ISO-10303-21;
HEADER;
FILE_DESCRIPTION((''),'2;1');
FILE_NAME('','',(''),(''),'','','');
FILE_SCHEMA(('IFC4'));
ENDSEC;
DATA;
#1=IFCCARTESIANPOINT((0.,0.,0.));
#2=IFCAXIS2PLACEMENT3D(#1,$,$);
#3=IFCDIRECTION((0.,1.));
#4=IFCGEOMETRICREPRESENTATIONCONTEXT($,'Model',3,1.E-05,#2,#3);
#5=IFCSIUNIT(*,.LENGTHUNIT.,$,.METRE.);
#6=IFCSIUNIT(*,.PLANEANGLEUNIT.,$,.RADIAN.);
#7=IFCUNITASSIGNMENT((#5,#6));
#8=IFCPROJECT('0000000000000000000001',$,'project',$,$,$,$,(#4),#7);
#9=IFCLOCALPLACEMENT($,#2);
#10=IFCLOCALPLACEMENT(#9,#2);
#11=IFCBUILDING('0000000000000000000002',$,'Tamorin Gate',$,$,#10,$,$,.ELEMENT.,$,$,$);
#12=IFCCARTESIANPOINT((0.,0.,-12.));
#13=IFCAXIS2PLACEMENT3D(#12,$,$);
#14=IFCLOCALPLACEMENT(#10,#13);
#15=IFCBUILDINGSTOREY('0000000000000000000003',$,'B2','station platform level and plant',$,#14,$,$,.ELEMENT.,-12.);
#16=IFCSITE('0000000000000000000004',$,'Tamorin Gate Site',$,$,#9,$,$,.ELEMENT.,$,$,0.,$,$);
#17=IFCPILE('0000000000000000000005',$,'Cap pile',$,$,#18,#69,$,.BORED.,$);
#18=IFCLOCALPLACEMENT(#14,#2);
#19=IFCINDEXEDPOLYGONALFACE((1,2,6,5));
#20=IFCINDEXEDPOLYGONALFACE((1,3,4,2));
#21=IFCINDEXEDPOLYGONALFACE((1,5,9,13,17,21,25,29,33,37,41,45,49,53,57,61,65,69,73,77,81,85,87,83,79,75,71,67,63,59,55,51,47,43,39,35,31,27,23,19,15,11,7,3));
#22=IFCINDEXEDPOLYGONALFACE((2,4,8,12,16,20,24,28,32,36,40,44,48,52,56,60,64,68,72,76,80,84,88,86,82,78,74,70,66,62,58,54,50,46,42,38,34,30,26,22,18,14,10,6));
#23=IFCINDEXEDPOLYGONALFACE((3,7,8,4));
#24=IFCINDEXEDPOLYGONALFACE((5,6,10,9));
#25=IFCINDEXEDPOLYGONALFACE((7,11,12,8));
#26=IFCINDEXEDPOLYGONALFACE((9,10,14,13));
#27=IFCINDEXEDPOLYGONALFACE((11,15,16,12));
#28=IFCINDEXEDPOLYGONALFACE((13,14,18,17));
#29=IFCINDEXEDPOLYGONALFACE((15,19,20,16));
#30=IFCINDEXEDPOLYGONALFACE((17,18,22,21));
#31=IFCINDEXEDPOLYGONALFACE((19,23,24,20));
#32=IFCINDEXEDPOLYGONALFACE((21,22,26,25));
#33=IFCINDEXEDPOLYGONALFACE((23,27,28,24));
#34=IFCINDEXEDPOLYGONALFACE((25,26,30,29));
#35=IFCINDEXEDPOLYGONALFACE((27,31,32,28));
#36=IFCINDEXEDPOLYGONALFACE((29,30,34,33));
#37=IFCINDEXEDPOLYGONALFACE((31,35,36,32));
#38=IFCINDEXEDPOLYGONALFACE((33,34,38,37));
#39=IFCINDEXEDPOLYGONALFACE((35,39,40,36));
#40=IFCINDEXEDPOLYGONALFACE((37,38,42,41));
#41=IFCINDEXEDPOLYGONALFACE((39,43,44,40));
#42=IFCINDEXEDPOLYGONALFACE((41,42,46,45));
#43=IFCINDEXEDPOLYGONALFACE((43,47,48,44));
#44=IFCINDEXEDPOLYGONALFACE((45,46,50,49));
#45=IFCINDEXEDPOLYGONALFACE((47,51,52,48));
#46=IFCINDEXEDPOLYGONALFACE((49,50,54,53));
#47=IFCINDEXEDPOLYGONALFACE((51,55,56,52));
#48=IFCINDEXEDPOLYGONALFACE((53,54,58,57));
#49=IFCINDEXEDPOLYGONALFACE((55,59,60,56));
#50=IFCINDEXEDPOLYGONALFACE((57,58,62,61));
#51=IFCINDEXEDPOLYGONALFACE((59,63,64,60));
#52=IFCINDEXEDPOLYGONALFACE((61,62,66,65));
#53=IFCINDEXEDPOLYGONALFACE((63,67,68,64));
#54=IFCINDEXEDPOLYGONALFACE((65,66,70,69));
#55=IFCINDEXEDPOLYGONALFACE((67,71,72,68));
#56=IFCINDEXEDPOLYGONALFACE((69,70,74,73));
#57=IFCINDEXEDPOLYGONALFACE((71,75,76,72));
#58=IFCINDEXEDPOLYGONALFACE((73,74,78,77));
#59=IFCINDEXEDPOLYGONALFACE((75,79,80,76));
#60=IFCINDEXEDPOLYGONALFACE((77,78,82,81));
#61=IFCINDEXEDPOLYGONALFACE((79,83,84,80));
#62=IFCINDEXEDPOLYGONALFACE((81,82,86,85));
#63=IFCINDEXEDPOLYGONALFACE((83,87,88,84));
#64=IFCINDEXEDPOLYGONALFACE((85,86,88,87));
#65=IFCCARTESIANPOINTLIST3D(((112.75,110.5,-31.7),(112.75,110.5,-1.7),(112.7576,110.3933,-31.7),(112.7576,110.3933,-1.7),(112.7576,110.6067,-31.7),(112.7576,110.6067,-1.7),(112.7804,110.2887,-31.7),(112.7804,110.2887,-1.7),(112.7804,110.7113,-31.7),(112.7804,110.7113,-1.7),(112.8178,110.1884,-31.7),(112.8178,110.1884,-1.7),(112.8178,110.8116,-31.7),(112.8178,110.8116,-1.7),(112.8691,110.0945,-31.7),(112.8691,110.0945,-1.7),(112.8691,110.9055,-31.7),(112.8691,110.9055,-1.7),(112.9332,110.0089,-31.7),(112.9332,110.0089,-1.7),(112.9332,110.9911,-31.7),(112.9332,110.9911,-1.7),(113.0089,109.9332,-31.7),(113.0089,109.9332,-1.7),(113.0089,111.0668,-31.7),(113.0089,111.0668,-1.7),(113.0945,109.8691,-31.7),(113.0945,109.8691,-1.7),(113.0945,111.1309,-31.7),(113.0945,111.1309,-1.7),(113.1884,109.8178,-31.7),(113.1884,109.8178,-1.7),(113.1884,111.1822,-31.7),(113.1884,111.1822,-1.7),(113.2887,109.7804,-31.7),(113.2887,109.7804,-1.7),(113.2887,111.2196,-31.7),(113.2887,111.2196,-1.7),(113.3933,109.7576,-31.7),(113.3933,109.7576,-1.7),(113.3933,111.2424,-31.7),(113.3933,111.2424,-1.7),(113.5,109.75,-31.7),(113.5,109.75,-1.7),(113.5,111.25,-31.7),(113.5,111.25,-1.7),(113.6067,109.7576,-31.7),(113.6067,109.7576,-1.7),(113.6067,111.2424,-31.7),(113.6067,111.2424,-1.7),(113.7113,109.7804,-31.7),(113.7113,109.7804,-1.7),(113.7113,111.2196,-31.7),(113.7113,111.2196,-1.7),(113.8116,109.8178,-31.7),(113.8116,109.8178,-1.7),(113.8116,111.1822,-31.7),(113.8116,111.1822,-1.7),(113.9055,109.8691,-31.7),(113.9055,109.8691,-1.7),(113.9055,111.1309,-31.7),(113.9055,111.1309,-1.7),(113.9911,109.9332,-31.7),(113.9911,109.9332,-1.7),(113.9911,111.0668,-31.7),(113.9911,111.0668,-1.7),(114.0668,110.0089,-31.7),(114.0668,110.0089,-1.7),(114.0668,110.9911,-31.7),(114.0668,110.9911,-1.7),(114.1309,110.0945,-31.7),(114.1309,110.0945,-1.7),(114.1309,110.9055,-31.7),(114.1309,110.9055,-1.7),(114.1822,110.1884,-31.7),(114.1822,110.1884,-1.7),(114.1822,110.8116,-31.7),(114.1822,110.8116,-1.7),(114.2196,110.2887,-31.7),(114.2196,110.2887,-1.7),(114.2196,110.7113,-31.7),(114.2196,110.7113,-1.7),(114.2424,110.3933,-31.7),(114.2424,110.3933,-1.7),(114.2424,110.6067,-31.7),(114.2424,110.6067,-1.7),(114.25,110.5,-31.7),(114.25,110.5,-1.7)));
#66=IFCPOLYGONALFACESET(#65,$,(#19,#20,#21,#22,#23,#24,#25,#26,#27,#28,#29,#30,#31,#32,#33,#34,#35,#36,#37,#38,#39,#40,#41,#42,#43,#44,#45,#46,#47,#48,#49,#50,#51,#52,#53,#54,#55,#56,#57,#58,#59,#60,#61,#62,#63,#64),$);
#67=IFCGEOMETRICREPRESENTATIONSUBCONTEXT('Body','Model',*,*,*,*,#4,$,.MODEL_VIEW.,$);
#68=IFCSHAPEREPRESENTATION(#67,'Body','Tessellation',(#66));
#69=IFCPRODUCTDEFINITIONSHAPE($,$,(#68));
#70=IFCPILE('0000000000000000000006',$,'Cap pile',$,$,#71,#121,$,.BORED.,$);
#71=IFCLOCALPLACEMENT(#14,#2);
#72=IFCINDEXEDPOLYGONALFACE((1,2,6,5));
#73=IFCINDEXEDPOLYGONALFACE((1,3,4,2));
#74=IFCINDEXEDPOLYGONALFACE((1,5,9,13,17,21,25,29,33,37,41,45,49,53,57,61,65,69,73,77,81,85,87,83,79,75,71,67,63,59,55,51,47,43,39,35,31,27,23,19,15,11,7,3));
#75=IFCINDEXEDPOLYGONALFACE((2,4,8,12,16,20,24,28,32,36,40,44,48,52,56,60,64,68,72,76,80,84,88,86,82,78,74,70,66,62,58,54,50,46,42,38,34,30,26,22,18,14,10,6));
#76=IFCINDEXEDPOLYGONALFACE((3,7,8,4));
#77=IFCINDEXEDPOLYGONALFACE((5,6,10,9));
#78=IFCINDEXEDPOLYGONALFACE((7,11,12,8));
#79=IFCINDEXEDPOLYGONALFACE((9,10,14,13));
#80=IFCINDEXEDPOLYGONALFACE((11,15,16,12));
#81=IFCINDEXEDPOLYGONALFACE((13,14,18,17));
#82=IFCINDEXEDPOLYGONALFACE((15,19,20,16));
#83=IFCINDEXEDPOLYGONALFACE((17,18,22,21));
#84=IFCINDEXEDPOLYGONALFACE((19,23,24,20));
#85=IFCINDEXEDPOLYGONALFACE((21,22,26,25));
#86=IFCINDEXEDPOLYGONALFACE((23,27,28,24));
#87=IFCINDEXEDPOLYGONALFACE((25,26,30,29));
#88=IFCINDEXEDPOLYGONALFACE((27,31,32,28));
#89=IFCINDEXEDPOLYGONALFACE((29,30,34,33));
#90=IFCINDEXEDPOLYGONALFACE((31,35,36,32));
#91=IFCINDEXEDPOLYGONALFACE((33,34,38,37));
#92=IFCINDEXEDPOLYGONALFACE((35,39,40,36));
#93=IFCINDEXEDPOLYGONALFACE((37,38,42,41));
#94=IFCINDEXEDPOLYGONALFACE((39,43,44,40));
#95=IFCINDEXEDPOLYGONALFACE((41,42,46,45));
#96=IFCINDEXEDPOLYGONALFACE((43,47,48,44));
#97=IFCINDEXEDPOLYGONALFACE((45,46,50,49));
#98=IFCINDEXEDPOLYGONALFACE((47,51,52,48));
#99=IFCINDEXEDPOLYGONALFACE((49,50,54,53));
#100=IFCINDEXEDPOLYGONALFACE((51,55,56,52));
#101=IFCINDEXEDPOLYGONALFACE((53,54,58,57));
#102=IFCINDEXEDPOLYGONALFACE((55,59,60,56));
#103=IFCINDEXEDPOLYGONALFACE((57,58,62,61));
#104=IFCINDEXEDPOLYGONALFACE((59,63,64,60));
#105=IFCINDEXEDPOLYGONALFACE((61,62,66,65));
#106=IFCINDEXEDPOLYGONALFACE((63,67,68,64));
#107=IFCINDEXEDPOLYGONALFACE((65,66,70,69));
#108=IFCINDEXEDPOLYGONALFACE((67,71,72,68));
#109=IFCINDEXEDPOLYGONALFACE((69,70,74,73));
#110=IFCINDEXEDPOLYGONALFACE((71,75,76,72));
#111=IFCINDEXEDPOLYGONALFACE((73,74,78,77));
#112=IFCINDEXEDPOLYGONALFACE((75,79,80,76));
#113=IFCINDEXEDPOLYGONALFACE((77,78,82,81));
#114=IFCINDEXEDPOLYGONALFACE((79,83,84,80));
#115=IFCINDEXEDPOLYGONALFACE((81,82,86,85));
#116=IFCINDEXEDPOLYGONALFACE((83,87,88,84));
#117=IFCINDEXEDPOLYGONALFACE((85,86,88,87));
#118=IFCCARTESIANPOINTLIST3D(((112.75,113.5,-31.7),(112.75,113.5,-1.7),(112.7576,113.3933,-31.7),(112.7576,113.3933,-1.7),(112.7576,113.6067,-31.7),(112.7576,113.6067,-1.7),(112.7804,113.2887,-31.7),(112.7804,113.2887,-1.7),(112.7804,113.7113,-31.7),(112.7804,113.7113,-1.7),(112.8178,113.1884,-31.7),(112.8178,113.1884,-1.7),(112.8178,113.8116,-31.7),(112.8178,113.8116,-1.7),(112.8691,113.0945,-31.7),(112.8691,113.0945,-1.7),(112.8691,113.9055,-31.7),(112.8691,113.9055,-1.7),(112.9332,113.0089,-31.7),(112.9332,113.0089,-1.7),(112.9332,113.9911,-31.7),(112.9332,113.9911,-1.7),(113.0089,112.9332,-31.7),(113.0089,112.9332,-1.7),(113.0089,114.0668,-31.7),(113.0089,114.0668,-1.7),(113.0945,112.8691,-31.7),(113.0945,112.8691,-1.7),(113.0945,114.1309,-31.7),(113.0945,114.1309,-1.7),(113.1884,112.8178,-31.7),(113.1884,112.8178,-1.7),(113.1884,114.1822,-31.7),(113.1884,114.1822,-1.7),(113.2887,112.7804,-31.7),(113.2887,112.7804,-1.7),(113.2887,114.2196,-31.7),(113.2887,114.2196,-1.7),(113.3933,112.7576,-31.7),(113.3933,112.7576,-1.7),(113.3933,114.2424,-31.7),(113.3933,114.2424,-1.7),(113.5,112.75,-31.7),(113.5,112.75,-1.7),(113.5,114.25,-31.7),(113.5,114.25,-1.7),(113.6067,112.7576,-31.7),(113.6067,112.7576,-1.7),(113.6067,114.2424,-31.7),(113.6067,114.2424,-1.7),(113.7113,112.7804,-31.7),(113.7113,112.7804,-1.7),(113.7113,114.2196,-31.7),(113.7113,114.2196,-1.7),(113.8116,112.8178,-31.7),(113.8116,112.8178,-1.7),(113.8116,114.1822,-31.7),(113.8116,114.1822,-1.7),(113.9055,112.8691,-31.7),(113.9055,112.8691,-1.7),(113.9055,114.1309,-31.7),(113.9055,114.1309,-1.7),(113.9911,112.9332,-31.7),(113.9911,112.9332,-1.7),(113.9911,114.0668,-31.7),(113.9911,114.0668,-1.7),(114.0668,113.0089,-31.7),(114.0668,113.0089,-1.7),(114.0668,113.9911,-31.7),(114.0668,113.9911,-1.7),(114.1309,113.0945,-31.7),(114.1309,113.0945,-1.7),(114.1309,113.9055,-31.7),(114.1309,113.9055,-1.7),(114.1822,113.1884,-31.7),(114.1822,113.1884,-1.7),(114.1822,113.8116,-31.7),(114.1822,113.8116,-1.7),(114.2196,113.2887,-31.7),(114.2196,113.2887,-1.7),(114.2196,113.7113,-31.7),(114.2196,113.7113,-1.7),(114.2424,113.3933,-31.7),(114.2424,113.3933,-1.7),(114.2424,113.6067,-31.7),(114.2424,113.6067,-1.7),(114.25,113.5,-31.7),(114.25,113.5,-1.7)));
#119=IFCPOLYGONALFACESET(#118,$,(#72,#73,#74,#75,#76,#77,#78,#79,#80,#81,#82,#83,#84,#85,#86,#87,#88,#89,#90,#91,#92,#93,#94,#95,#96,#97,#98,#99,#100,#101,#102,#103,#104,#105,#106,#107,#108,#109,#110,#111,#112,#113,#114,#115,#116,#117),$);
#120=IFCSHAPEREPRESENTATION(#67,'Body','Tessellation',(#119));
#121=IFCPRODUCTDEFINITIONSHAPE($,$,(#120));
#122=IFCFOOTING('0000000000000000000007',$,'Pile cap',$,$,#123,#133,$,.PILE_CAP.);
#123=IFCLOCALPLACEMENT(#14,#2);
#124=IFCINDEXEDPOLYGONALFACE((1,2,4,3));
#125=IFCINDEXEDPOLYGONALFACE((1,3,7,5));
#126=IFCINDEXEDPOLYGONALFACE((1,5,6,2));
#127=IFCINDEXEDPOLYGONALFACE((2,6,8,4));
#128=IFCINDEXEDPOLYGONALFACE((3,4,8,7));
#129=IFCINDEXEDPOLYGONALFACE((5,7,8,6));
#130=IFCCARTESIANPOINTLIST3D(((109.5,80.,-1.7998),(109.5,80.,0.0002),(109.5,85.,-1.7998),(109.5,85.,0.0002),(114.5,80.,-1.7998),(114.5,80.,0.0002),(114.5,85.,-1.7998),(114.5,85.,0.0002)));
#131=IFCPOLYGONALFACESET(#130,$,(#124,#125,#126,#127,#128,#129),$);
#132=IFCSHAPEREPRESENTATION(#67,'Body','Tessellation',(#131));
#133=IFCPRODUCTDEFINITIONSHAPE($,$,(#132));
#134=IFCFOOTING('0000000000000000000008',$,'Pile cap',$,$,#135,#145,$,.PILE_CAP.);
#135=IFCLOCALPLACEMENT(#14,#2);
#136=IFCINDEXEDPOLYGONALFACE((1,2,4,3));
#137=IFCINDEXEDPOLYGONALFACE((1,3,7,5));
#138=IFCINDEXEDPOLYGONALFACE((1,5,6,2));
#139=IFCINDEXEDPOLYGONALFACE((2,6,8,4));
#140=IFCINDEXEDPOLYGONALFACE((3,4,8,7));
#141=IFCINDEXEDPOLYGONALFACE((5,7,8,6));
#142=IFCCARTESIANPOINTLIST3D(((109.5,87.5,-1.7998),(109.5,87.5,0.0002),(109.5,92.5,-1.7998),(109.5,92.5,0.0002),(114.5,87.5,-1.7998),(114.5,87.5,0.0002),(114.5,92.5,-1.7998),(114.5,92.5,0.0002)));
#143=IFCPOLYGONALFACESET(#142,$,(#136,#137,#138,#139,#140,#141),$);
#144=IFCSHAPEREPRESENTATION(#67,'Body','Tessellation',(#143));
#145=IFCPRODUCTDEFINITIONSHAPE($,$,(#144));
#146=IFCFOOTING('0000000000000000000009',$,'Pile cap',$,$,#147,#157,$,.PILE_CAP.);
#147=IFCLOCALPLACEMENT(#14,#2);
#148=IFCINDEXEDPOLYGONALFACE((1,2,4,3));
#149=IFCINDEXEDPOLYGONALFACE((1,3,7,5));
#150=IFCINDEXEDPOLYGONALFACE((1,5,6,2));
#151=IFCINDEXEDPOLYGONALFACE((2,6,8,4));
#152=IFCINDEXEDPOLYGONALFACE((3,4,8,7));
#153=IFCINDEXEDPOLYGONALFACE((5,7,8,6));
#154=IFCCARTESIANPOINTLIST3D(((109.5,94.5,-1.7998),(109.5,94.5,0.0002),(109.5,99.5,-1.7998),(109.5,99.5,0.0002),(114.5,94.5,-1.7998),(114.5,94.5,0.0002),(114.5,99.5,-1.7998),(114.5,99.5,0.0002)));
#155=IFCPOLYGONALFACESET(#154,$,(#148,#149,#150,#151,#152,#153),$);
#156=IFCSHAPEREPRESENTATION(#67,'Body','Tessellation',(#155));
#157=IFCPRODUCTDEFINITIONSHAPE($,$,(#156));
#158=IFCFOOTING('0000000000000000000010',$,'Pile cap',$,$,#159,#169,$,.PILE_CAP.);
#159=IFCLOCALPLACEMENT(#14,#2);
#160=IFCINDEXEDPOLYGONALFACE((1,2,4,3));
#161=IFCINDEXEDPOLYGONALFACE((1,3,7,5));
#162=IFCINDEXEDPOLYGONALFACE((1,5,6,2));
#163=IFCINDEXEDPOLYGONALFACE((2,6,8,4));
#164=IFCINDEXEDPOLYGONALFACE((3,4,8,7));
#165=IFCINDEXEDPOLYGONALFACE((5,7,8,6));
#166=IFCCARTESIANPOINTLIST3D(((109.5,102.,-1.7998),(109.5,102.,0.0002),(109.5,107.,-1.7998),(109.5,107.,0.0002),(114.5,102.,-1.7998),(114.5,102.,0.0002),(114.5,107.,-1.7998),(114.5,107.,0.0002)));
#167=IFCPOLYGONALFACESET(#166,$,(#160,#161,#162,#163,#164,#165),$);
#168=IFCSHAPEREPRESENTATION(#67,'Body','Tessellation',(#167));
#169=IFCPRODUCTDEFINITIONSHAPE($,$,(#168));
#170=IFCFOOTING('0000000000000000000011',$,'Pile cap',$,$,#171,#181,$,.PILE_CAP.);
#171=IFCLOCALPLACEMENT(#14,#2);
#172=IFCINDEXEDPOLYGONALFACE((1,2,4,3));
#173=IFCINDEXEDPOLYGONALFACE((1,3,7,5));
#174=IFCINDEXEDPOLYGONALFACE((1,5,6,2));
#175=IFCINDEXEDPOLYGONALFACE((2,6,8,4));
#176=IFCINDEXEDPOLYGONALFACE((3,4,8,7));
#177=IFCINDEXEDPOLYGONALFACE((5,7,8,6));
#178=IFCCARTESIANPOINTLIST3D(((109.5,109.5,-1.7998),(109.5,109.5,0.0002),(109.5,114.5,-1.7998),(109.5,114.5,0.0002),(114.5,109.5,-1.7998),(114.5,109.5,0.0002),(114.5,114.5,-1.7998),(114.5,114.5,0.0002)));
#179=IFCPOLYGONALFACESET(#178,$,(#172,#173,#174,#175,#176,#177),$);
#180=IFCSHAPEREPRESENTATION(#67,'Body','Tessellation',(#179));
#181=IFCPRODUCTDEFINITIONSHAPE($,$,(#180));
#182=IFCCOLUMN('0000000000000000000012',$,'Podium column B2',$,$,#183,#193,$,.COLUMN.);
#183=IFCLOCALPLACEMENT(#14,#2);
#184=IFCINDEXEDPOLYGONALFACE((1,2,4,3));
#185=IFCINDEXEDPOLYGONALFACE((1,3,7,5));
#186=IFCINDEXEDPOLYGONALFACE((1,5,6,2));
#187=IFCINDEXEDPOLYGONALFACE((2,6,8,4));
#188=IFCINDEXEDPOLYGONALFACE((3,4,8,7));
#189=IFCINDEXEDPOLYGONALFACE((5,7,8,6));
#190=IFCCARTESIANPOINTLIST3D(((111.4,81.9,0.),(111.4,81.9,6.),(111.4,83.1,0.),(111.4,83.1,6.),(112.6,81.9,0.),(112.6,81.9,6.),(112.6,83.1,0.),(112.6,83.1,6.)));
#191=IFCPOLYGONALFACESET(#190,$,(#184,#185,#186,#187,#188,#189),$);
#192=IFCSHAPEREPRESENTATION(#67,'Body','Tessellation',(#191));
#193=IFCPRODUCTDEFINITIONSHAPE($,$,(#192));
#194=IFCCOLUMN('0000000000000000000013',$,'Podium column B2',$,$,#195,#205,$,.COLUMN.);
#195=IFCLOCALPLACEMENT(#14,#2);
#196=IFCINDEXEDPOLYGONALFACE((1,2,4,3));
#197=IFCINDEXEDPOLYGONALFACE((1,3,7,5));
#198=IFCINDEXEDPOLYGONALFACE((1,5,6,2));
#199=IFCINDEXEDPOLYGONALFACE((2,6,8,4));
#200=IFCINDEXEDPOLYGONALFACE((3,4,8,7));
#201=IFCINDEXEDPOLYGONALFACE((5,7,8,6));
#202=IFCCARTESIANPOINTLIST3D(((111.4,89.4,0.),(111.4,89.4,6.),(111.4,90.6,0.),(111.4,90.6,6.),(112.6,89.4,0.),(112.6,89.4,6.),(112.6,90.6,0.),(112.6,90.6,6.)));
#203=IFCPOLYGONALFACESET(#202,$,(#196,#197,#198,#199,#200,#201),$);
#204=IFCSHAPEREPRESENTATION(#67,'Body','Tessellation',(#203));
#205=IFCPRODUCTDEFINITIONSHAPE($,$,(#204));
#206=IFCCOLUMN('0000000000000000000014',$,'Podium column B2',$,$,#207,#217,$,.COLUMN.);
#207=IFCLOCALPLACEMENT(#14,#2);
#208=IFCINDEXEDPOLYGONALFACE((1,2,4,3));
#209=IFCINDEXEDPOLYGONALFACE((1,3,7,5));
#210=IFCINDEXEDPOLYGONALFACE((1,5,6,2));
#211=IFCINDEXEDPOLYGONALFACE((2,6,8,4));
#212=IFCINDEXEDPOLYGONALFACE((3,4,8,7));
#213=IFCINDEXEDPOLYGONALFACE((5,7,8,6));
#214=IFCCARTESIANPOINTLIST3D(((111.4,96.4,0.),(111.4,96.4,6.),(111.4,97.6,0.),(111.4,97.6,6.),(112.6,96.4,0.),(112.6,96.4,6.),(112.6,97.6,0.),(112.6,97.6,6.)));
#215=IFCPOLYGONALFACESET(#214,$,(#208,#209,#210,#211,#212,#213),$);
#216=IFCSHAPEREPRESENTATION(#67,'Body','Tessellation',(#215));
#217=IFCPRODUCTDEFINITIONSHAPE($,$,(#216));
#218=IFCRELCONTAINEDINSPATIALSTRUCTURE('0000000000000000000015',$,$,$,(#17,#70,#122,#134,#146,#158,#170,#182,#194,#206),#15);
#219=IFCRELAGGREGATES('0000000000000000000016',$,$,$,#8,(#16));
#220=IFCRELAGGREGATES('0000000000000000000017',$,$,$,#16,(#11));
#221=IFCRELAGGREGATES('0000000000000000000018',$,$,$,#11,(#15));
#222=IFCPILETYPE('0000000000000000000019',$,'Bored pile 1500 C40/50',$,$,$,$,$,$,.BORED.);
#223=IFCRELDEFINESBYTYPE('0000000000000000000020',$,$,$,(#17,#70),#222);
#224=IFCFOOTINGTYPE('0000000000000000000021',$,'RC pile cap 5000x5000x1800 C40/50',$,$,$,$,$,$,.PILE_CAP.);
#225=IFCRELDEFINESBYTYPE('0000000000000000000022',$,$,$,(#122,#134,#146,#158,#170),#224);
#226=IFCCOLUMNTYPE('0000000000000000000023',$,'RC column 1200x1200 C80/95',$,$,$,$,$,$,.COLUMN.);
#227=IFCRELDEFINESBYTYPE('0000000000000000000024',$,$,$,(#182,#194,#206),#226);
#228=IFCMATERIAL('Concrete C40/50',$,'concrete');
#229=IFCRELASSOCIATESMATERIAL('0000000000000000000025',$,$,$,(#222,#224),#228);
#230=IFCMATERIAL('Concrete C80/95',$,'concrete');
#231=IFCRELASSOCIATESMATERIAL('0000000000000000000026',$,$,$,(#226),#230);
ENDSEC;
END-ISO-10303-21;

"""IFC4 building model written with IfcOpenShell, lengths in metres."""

from ifc_helpers import new_model, si_unit, direction, frame, origin, origin_2d, place, context, subcontext, project, spatial, rectangle, circle, extrude, material, material_profile, profile_set, type_object, element, save


model = new_model("IFC4")

# Units and contexts
model_context = context("Model", 3, precision=1e-05, world=origin(), true_north=direction((0.0, 1.0)))
body_context = subcontext(model_context, "Body", "Model", "MODEL_VIEW")
ifc_project = project(units=[si_unit("LENGTHUNIT", "METRE"), si_unit("PLANEANGLEUNIT", "RADIAN")], contexts=[model_context])

# Site, building, storey
site_placement = place(None, origin())
site = spatial("IfcSite", under=ifc_project, at=site_placement, Name="Tamorin Gate Site", CompositionType="ELEMENT", RefElevation=0.0)
building_placement = place(site_placement, origin())
building = spatial("IfcBuilding", under=site, at=building_placement, Name="Tamorin Gate", CompositionType="ELEMENT")
storey_placement = place(building_placement, frame((0.0, 0.0, -12.0)))
storey = spatial("IfcBuildingStorey", under=building, at=storey_placement, Name="B2", Description="station platform level and plant", CompositionType="ELEMENT", Elevation=-12.0)

# Piles
ifc_material_1 = material(Name="Concrete C40/50", Category="concrete")
ifc_material_profile_1 = material_profile(ifc_material_1, circle(Radius=0.75, at=origin_2d()))
ifc_profile_set_1 = profile_set([ifc_material_profile_1], Name="Concrete C40/50")
pile_type = type_object("IfcPileType", Name="Bored pile 1500 C40/50", PredefinedType="BORED", material=ifc_profile_set_1)
for number, where, z_axis, x_axis, name in (
    (1, (113.5, 110.5, -1.7), (0.0, 0.0, -1.0), (1.0, 0.0, 0.0), "Cap pile"),
    (2, (113.5, 113.5, -1.7), (0.0, 0.0, -1.0), (1.0, 0.0, 0.0), "Cap pile"),
):
    element("IfcPile", number, at=place(storey_placement, frame(where, z_axis=z_axis, x_axis=x_axis)), inside=storey, type_object=pile_type, Name=name, PredefinedType="BORED", context=body_context, shape_type="SweptSolid", body=[
        extrude(circle(Radius=0.75, at=origin_2d()), origin(), (0.0, 0.0, 1.0), 30.0),
    ])

# Footings
footing_type = type_object("IfcFootingType", Name="RC pile cap 5000x5000x1800 C40/50", PredefinedType="PILE_CAP", material=ifc_material_1)
for number, where, z_axis, x_axis, name in (
    (3, (112.0, 82.5, -1.7998), (0.0, 0.0, 1.0), (1.0, 0.0, 0.0), "Pile cap"),
    (4, (112.0, 90.0, -1.7998), (0.0, 0.0, 1.0), (1.0, 0.0, 0.0), "Pile cap"),
    (5, (112.0, 97.0, -1.7998), (0.0, 0.0, 1.0), (1.0, 0.0, 0.0), "Pile cap"),
    (6, (112.0, 104.5, -1.7998), (0.0, 0.0, 1.0), (1.0, 0.0, 0.0), "Pile cap"),
    (7, (112.0, 112.0, -1.7998), (0.0, 0.0, 1.0), (1.0, 0.0, 0.0), "Pile cap"),
):
    element("IfcFooting", number, at=place(storey_placement, frame(where, z_axis=z_axis, x_axis=x_axis)), inside=storey, type_object=footing_type, Name=name, PredefinedType="PILE_CAP", context=body_context, shape_type="SweptSolid", body=[
        extrude(rectangle(XDim=5.0, YDim=5.0, at=origin_2d()), origin(), (0.0, 0.0, 1.0), 1.8),
    ])

# Columns
ifc_material_2 = material(Name="Concrete C80/95", Category="concrete")
ifc_material_profile_2 = material_profile(ifc_material_2, rectangle(XDim=1.2, YDim=1.2, at=origin_2d()), Name="RC 1200x1200")
ifc_profile_set_2 = profile_set([ifc_material_profile_2], Name="Concrete C80/95")
column_type = type_object("IfcColumnType", Name="RC column 1200x1200 C80/95", PredefinedType="COLUMN", material=ifc_profile_set_2)
for number, where, z_axis, x_axis, name in (
    (8, (112.0, 82.5, 0.0), (0.0, 0.0, 1.0), (1.0, 0.0, 0.0), "Podium column B2"),
    (9, (112.0, 90.0, 0.0), (0.0, 0.0, 1.0), (1.0, 0.0, 0.0), "Podium column B2"),
    (10, (112.0, 97.0, 0.0), (0.0, 0.0, 1.0), (1.0, 0.0, 0.0), "Podium column B2"),
):
    element("IfcColumn", number, at=place(storey_placement, frame(where, z_axis=z_axis, x_axis=x_axis)), inside=storey, type_object=column_type, Name=name, PredefinedType="COLUMN", context=body_context, shape_type="SweptSolid", body=[
        extrude(rectangle(XDim=1.2, YDim=1.2, at=origin_2d()), origin(), (0.0, 0.0, 1.0), 6.0),
    ])

save(model, "model.ifc")
